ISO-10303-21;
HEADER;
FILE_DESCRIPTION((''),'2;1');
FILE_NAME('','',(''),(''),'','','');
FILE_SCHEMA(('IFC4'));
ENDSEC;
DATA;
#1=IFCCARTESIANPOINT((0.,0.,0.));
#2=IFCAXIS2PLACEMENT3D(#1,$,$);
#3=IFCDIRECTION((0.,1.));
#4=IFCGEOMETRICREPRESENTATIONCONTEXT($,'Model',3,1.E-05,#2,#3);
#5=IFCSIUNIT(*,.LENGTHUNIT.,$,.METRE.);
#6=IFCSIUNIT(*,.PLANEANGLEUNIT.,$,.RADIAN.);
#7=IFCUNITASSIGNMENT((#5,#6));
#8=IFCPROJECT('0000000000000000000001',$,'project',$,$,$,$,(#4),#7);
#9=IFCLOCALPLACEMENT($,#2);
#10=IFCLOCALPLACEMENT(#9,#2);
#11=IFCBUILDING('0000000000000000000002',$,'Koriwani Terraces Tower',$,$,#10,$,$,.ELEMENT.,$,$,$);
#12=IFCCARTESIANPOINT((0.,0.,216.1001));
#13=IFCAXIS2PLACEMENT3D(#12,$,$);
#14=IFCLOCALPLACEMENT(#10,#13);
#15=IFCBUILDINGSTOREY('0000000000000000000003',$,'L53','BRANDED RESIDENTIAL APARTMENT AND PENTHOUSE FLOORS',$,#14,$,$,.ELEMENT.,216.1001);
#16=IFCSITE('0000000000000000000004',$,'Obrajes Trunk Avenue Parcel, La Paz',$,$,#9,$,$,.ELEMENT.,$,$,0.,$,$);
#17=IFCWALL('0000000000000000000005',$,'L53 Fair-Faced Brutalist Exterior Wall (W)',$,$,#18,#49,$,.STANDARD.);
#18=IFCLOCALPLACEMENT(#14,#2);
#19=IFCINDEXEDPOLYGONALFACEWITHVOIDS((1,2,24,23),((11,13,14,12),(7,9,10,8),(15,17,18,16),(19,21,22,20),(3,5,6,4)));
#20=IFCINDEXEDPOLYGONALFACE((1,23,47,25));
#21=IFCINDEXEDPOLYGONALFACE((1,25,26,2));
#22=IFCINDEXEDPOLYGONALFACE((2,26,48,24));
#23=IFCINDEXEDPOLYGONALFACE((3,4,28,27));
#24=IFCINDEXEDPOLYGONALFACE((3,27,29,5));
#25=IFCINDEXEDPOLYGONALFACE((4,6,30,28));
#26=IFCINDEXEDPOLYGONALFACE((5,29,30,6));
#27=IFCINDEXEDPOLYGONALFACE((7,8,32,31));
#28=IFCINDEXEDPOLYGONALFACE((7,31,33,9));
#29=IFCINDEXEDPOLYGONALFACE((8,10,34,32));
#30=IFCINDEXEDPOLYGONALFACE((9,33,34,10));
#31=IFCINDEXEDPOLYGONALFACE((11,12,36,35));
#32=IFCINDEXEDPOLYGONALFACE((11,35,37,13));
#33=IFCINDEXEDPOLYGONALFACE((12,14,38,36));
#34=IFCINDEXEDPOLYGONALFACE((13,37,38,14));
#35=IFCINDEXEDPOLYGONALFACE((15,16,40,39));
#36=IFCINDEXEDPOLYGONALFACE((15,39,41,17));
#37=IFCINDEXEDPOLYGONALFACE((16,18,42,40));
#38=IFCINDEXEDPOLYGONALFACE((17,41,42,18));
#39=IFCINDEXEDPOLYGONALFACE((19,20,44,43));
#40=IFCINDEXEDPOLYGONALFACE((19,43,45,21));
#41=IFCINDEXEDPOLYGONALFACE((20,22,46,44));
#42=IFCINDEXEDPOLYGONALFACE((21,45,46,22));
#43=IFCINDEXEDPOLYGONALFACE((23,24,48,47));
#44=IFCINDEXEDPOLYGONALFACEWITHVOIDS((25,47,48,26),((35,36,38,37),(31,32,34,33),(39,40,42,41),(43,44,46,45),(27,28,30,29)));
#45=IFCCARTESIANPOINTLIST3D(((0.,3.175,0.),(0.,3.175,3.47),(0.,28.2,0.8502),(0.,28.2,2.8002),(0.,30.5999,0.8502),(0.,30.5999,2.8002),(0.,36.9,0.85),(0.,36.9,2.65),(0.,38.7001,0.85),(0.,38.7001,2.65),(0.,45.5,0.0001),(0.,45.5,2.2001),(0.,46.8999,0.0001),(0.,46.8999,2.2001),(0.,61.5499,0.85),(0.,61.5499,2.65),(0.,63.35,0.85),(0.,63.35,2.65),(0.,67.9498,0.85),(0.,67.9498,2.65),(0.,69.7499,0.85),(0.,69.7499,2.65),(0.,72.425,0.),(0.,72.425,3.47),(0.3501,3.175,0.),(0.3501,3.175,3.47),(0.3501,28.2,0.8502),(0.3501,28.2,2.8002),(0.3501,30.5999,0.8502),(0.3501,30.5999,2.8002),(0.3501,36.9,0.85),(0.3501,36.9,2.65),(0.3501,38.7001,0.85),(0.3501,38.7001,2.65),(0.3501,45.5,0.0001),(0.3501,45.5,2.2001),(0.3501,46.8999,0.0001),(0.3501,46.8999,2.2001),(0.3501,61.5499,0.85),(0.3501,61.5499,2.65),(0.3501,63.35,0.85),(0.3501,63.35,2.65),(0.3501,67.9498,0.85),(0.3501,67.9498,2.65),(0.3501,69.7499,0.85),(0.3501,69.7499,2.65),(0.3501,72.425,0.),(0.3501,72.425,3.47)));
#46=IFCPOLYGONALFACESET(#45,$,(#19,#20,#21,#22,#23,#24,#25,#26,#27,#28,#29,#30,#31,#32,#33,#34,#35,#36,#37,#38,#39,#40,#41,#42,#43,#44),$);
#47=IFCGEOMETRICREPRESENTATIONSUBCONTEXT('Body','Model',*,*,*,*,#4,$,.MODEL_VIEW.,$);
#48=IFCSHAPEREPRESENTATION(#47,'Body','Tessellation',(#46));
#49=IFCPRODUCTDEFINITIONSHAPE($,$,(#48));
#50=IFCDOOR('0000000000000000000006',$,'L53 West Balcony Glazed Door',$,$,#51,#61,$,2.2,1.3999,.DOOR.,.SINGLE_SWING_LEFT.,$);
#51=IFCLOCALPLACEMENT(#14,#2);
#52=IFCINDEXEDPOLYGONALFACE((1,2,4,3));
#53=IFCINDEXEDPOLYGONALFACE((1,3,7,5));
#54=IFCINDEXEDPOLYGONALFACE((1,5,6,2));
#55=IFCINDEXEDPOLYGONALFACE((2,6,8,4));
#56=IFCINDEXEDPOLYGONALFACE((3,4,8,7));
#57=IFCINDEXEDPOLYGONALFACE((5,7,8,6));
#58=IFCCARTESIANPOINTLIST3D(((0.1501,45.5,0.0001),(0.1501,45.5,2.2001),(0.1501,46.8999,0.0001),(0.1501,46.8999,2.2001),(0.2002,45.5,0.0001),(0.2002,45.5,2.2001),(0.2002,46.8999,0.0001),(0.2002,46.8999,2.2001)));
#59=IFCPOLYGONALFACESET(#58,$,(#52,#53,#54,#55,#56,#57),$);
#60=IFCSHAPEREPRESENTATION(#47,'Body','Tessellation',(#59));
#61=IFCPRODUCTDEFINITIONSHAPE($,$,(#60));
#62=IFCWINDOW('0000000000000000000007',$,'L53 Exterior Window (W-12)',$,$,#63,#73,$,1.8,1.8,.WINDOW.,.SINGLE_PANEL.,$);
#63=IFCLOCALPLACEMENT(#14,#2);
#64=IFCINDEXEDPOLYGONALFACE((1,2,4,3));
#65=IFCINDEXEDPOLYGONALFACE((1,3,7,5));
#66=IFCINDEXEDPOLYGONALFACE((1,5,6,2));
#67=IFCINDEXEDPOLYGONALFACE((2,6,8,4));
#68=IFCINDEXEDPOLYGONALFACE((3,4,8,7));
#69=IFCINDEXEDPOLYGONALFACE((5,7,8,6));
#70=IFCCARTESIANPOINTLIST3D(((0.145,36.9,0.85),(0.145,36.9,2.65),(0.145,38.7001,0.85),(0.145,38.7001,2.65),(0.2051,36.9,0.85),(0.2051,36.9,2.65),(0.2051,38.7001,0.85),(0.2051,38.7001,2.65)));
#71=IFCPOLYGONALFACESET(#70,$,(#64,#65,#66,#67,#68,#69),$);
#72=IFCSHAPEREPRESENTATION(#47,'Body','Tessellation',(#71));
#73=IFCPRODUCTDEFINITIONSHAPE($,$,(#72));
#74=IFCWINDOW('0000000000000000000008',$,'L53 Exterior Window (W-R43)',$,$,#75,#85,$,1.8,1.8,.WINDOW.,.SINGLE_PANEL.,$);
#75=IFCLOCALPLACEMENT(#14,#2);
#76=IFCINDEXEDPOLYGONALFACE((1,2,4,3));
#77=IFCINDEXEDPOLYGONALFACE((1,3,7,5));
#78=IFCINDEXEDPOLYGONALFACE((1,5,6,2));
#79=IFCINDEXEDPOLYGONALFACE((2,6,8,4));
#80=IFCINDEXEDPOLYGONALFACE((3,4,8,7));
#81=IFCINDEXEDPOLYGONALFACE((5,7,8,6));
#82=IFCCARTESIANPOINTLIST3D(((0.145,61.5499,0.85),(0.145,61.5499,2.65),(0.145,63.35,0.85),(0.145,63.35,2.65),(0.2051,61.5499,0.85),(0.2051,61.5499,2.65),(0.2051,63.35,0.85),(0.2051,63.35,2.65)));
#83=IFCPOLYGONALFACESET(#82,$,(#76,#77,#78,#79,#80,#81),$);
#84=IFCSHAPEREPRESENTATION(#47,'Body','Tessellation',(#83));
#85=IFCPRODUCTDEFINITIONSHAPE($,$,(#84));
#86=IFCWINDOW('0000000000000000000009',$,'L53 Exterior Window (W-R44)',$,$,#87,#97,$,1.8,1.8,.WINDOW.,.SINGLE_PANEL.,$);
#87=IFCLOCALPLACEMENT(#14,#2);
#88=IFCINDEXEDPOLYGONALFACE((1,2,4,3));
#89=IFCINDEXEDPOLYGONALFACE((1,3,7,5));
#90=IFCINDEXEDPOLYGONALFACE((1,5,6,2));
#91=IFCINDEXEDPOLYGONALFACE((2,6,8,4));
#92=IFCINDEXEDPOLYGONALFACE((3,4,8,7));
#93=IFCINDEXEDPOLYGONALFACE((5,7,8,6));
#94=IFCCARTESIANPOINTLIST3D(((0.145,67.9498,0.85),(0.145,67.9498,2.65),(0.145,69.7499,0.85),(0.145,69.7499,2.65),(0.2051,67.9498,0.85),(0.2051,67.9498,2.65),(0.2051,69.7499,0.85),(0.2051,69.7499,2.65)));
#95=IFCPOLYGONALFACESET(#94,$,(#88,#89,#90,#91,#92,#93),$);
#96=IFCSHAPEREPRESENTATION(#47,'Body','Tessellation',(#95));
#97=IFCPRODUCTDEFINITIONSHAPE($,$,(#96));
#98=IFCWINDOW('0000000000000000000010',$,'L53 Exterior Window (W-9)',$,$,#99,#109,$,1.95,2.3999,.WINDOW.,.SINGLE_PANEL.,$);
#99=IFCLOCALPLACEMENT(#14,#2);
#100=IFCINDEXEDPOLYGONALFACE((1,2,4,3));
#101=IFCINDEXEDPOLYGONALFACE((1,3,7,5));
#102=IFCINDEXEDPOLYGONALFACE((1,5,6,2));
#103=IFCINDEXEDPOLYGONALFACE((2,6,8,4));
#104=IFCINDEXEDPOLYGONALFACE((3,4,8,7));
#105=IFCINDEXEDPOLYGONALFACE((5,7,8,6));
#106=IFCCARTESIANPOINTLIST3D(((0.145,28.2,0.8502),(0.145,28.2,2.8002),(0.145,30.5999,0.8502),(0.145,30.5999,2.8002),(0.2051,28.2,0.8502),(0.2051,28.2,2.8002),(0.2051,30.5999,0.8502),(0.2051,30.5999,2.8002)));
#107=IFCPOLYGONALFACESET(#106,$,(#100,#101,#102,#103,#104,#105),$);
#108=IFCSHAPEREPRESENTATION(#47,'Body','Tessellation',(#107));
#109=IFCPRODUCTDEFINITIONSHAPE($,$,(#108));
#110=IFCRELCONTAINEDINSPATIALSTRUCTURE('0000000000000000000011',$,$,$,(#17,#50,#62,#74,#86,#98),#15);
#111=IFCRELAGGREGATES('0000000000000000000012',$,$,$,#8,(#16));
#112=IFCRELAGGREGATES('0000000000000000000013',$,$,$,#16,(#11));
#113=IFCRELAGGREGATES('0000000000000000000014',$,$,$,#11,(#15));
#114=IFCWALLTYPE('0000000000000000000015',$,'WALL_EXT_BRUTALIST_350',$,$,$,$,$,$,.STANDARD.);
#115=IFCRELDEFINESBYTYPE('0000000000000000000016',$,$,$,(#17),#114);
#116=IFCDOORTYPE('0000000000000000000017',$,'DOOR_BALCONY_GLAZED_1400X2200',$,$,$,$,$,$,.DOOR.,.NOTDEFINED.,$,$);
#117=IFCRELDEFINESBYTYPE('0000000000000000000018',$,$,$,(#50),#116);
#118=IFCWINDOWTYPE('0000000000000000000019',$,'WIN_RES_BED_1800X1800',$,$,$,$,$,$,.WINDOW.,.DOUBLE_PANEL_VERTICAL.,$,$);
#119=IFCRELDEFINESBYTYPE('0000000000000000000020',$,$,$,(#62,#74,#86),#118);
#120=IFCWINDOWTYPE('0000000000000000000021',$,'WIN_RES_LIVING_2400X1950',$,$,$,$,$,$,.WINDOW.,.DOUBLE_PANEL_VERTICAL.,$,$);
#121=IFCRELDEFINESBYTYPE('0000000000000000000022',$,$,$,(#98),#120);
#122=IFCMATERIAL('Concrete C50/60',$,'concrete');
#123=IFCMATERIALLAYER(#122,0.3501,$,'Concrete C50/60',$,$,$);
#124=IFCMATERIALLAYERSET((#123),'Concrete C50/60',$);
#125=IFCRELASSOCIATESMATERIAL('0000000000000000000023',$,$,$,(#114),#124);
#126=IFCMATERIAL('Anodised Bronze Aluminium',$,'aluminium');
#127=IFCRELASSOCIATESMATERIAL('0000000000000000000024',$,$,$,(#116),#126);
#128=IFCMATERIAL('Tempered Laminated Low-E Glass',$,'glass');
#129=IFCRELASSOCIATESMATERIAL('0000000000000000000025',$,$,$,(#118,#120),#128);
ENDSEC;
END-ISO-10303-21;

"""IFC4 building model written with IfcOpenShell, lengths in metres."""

from ifc_helpers import new_model, si_unit, direction, frame, frame_2d, origin, place, context, subcontext, project, spatial, rectangle, extrude, material, layer, layer_set, type_object, element, fill, save


model = new_model("IFC4")

# Units and contexts
model_context = context("Model", 3, precision=1e-05, world=origin(), true_north=direction((0.0, 1.0)))
body_context = subcontext(model_context, "Body", "Model", "MODEL_VIEW")
ifc_project = project(units=[si_unit("LENGTHUNIT", "METRE"), si_unit("PLANEANGLEUNIT", "RADIAN")], contexts=[model_context])

# Site, building, storey
site_placement = place(None, origin())
site = spatial("IfcSite", under=ifc_project, at=site_placement, Name="Obrajes Trunk Avenue Parcel, La Paz", CompositionType="ELEMENT", RefElevation=0.0)
building_placement = place(site_placement, origin())
building = spatial("IfcBuilding", under=site, at=building_placement, Name="Koriwani Terraces Tower", CompositionType="ELEMENT")
storey_placement = place(building_placement, frame((0.0, 0.0, 216.1001)))
storey = spatial("IfcBuildingStorey", under=building, at=storey_placement, Name="L53", Description="BRANDED RESIDENTIAL APARTMENT AND PENTHOUSE FLOORS", CompositionType="ELEMENT", Elevation=216.1001)

# Shared definitions
ifc_material_1 = material(Name="Concrete C50/60", Category="concrete")

# Shared definitions
ifc_material_2 = material(Name="Anodised Bronze Aluminium", Category="aluminium")

# Shared definitions
ifc_layer_1 = layer(ifc_material_1, 0.3501, Name="Concrete C50/60")
ifc_layer_set_1 = layer_set([ifc_layer_1], Name="Concrete C50/60")
wall_type_1 = type_object("IfcWallType", Name="WALL_EXT_BRUTALIST_350", PredefinedType="STANDARD", material=ifc_layer_set_1)

# Wall, openings, door, windows
wall_1_placement = place(storey_placement, frame((0.175, 3.175, 0.0), z_axis=(0.0, 0.0, 1.0), x_axis=(0.0, 1.0, 0.0)))
wall_1 = element("IfcWall", 1, at=wall_1_placement, inside=storey, type_object=wall_type_1, Name="L53 Fair-Faced Brutalist Exterior Wall (W)", PredefinedType="STANDARD", context=body_context, shape_type="SweptSolid", body=[
    extrude(rectangle(XDim=69.25, YDim=0.3501, at=frame_2d((34.625, 0.0))), origin(), (0.0, 0.0, 1.0), 3.47),
])
opening_1_placement = place(wall_1_placement, frame((42.325, 0.0, 0.0)))
opening_1 = element("IfcOpeningElement", 2, at=opening_1_placement, cuts=wall_1, PredefinedType="OPENING", context=body_context, shape_type="SweptSolid", body=[
    extrude(rectangle(XDim=1.3999, YDim=2.2, at=frame_2d((0.7, 1.1001))), frame((0.0, 0.1851, 0.0), z_axis=(0.0, -1.0, 0.0), x_axis=(1.0, 0.0, 0.0)), (0.0, 0.0, 1.0), 0.3701),
])
opening_2_placement = place(wall_1_placement, frame((25.0249, 0.0, 0.8501)))
opening_2 = element("IfcOpeningElement", 3, at=opening_2_placement, cuts=wall_1, PredefinedType="OPENING", context=body_context, shape_type="SweptSolid", body=[
    extrude(rectangle(XDim=2.3999, YDim=1.95, at=frame_2d((1.2, 0.9751))), frame((0.0, 0.1851, 0.0), z_axis=(0.0, -1.0, 0.0), x_axis=(1.0, 0.0, 0.0)), (0.0, 0.0, 1.0), 0.3701),
])
opening_3_placement = place(wall_1_placement, frame((33.7251, 0.0, 0.8501)))
opening_3 = element("IfcOpeningElement", 4, at=opening_3_placement, cuts=wall_1, PredefinedType="OPENING", context=body_context, shape_type="SweptSolid", body=[
    extrude(rectangle(XDim=1.8, YDim=1.8, at=frame_2d((0.8999, 0.8999))), frame((0.0, 0.1851, 0.0), z_axis=(0.0, -1.0, 0.0), x_axis=(1.0, 0.0, 0.0)), (0.0, 0.0, 1.0), 0.3701),
])
opening_4_placement = place(wall_1_placement, frame((58.375, 0.0, 0.8501)))
opening_4 = element("IfcOpeningElement", 5, at=opening_4_placement, cuts=wall_1, PredefinedType="OPENING", context=body_context, shape_type="SweptSolid", body=[
    extrude(rectangle(XDim=1.8, YDim=1.8, at=frame_2d((0.8999, 0.8999))), frame((0.0, 0.1851, 0.0), z_axis=(0.0, -1.0, 0.0), x_axis=(1.0, 0.0, 0.0)), (0.0, 0.0, 1.0), 0.3701),
])
opening_5_placement = place(wall_1_placement, frame((64.7749, 0.0, 0.8501)))
opening_5 = element("IfcOpeningElement", 6, at=opening_5_placement, cuts=wall_1, PredefinedType="OPENING", context=body_context, shape_type="SweptSolid", body=[
    extrude(rectangle(XDim=1.8, YDim=1.8, at=frame_2d((0.8999, 0.8999))), frame((0.0, 0.1851, 0.0), z_axis=(0.0, -1.0, 0.0), x_axis=(1.0, 0.0, 0.0)), (0.0, 0.0, 1.0), 0.3701),
])
door_type_1 = type_object("IfcDoorType", Name="DOOR_BALCONY_GLAZED_1400X2200", OperationType="NOTDEFINED", PredefinedType="DOOR", material=ifc_material_2)
door_1_placement = place(opening_1_placement, origin())
door_1 = element("IfcDoor", 7, at=door_1_placement, inside=storey, type_object=door_type_1, Name="L53 West Balcony Glazed Door", OperationType="SINGLE_SWING_LEFT", OverallHeight=2.2, OverallWidth=1.3999, PredefinedType="DOOR", context=body_context, shape_type="SweptSolid", body=[
    extrude(rectangle(XDim=1.3999, YDim=2.2, at=frame_2d((0.7, 1.1001))), frame((0.0, 0.0249, 0.0), z_axis=(0.0, -1.0, 0.0), x_axis=(1.0, 0.0, 0.0)), (0.0, 0.0, 1.0), 0.05),
])
fill(opening_1, door_1)
ifc_material_3 = material(Name="Tempered Laminated Low-E Glass", Category="glass")
window_type_1 = type_object("IfcWindowType", Name="WIN_RES_BED_1800X1800", PartitioningType="DOUBLE_PANEL_VERTICAL", PredefinedType="WINDOW", material=ifc_material_3)
window_1_placement = place(opening_3_placement, origin())
window_1 = element("IfcWindow", 8, at=window_1_placement, inside=storey, type_object=window_type_1, Name="L53 Exterior Window (W-12)", OverallHeight=1.8, OverallWidth=1.8, PartitioningType="SINGLE_PANEL", PredefinedType="WINDOW", context=body_context, shape_type="SweptSolid", body=[
    extrude(rectangle(XDim=1.8, YDim=1.8, at=frame_2d((0.8999, 0.8999))), frame((0.0, 0.03, 0.0), z_axis=(0.0, -1.0, 0.0), x_axis=(1.0, 0.0, 0.0)), (0.0, 0.0, 1.0), 0.0601),
])
fill(opening_3, window_1)
window_2_placement = place(opening_4_placement, origin())
window_2 = element("IfcWindow", 9, at=window_2_placement, inside=storey, type_object=window_type_1, Name="L53 Exterior Window (W-R43)", OverallHeight=1.8, OverallWidth=1.8, PartitioningType="SINGLE_PANEL", PredefinedType="WINDOW", context=body_context, shape_type="SweptSolid", body=[
    extrude(rectangle(XDim=1.8, YDim=1.8, at=frame_2d((0.8999, 0.8999))), frame((0.0, 0.03, 0.0), z_axis=(0.0, -1.0, 0.0), x_axis=(1.0, 0.0, 0.0)), (0.0, 0.0, 1.0), 0.0601),
])
fill(opening_4, window_2)
window_3_placement = place(opening_5_placement, origin())
window_3 = element("IfcWindow", 10, at=window_3_placement, inside=storey, type_object=window_type_1, Name="L53 Exterior Window (W-R44)", OverallHeight=1.8, OverallWidth=1.8, PartitioningType="SINGLE_PANEL", PredefinedType="WINDOW", context=body_context, shape_type="SweptSolid", body=[
    extrude(rectangle(XDim=1.8, YDim=1.8, at=frame_2d((0.8999, 0.8999))), frame((0.0, 0.03, 0.0), z_axis=(0.0, -1.0, 0.0), x_axis=(1.0, 0.0, 0.0)), (0.0, 0.0, 1.0), 0.0601),
])
fill(opening_5, window_3)
window_type_2 = type_object("IfcWindowType", Name="WIN_RES_LIVING_2400X1950", PartitioningType="DOUBLE_PANEL_VERTICAL", PredefinedType="WINDOW", material=ifc_material_3)
window_4_placement = place(opening_2_placement, origin())
window_4 = element("IfcWindow", 11, at=window_4_placement, inside=storey, type_object=window_type_2, Name="L53 Exterior Window (W-9)", OverallHeight=1.95, OverallWidth=2.3999, PartitioningType="SINGLE_PANEL", PredefinedType="WINDOW", context=body_context, shape_type="SweptSolid", body=[
    extrude(rectangle(XDim=2.3999, YDim=1.95, at=frame_2d((1.2, 0.9751))), frame((0.0, 0.03, 0.0), z_axis=(0.0, -1.0, 0.0), x_axis=(1.0, 0.0, 0.0)), (0.0, 0.0, 1.0), 0.0601),
])
fill(opening_2, window_4)

save(model, "model.ifc")
